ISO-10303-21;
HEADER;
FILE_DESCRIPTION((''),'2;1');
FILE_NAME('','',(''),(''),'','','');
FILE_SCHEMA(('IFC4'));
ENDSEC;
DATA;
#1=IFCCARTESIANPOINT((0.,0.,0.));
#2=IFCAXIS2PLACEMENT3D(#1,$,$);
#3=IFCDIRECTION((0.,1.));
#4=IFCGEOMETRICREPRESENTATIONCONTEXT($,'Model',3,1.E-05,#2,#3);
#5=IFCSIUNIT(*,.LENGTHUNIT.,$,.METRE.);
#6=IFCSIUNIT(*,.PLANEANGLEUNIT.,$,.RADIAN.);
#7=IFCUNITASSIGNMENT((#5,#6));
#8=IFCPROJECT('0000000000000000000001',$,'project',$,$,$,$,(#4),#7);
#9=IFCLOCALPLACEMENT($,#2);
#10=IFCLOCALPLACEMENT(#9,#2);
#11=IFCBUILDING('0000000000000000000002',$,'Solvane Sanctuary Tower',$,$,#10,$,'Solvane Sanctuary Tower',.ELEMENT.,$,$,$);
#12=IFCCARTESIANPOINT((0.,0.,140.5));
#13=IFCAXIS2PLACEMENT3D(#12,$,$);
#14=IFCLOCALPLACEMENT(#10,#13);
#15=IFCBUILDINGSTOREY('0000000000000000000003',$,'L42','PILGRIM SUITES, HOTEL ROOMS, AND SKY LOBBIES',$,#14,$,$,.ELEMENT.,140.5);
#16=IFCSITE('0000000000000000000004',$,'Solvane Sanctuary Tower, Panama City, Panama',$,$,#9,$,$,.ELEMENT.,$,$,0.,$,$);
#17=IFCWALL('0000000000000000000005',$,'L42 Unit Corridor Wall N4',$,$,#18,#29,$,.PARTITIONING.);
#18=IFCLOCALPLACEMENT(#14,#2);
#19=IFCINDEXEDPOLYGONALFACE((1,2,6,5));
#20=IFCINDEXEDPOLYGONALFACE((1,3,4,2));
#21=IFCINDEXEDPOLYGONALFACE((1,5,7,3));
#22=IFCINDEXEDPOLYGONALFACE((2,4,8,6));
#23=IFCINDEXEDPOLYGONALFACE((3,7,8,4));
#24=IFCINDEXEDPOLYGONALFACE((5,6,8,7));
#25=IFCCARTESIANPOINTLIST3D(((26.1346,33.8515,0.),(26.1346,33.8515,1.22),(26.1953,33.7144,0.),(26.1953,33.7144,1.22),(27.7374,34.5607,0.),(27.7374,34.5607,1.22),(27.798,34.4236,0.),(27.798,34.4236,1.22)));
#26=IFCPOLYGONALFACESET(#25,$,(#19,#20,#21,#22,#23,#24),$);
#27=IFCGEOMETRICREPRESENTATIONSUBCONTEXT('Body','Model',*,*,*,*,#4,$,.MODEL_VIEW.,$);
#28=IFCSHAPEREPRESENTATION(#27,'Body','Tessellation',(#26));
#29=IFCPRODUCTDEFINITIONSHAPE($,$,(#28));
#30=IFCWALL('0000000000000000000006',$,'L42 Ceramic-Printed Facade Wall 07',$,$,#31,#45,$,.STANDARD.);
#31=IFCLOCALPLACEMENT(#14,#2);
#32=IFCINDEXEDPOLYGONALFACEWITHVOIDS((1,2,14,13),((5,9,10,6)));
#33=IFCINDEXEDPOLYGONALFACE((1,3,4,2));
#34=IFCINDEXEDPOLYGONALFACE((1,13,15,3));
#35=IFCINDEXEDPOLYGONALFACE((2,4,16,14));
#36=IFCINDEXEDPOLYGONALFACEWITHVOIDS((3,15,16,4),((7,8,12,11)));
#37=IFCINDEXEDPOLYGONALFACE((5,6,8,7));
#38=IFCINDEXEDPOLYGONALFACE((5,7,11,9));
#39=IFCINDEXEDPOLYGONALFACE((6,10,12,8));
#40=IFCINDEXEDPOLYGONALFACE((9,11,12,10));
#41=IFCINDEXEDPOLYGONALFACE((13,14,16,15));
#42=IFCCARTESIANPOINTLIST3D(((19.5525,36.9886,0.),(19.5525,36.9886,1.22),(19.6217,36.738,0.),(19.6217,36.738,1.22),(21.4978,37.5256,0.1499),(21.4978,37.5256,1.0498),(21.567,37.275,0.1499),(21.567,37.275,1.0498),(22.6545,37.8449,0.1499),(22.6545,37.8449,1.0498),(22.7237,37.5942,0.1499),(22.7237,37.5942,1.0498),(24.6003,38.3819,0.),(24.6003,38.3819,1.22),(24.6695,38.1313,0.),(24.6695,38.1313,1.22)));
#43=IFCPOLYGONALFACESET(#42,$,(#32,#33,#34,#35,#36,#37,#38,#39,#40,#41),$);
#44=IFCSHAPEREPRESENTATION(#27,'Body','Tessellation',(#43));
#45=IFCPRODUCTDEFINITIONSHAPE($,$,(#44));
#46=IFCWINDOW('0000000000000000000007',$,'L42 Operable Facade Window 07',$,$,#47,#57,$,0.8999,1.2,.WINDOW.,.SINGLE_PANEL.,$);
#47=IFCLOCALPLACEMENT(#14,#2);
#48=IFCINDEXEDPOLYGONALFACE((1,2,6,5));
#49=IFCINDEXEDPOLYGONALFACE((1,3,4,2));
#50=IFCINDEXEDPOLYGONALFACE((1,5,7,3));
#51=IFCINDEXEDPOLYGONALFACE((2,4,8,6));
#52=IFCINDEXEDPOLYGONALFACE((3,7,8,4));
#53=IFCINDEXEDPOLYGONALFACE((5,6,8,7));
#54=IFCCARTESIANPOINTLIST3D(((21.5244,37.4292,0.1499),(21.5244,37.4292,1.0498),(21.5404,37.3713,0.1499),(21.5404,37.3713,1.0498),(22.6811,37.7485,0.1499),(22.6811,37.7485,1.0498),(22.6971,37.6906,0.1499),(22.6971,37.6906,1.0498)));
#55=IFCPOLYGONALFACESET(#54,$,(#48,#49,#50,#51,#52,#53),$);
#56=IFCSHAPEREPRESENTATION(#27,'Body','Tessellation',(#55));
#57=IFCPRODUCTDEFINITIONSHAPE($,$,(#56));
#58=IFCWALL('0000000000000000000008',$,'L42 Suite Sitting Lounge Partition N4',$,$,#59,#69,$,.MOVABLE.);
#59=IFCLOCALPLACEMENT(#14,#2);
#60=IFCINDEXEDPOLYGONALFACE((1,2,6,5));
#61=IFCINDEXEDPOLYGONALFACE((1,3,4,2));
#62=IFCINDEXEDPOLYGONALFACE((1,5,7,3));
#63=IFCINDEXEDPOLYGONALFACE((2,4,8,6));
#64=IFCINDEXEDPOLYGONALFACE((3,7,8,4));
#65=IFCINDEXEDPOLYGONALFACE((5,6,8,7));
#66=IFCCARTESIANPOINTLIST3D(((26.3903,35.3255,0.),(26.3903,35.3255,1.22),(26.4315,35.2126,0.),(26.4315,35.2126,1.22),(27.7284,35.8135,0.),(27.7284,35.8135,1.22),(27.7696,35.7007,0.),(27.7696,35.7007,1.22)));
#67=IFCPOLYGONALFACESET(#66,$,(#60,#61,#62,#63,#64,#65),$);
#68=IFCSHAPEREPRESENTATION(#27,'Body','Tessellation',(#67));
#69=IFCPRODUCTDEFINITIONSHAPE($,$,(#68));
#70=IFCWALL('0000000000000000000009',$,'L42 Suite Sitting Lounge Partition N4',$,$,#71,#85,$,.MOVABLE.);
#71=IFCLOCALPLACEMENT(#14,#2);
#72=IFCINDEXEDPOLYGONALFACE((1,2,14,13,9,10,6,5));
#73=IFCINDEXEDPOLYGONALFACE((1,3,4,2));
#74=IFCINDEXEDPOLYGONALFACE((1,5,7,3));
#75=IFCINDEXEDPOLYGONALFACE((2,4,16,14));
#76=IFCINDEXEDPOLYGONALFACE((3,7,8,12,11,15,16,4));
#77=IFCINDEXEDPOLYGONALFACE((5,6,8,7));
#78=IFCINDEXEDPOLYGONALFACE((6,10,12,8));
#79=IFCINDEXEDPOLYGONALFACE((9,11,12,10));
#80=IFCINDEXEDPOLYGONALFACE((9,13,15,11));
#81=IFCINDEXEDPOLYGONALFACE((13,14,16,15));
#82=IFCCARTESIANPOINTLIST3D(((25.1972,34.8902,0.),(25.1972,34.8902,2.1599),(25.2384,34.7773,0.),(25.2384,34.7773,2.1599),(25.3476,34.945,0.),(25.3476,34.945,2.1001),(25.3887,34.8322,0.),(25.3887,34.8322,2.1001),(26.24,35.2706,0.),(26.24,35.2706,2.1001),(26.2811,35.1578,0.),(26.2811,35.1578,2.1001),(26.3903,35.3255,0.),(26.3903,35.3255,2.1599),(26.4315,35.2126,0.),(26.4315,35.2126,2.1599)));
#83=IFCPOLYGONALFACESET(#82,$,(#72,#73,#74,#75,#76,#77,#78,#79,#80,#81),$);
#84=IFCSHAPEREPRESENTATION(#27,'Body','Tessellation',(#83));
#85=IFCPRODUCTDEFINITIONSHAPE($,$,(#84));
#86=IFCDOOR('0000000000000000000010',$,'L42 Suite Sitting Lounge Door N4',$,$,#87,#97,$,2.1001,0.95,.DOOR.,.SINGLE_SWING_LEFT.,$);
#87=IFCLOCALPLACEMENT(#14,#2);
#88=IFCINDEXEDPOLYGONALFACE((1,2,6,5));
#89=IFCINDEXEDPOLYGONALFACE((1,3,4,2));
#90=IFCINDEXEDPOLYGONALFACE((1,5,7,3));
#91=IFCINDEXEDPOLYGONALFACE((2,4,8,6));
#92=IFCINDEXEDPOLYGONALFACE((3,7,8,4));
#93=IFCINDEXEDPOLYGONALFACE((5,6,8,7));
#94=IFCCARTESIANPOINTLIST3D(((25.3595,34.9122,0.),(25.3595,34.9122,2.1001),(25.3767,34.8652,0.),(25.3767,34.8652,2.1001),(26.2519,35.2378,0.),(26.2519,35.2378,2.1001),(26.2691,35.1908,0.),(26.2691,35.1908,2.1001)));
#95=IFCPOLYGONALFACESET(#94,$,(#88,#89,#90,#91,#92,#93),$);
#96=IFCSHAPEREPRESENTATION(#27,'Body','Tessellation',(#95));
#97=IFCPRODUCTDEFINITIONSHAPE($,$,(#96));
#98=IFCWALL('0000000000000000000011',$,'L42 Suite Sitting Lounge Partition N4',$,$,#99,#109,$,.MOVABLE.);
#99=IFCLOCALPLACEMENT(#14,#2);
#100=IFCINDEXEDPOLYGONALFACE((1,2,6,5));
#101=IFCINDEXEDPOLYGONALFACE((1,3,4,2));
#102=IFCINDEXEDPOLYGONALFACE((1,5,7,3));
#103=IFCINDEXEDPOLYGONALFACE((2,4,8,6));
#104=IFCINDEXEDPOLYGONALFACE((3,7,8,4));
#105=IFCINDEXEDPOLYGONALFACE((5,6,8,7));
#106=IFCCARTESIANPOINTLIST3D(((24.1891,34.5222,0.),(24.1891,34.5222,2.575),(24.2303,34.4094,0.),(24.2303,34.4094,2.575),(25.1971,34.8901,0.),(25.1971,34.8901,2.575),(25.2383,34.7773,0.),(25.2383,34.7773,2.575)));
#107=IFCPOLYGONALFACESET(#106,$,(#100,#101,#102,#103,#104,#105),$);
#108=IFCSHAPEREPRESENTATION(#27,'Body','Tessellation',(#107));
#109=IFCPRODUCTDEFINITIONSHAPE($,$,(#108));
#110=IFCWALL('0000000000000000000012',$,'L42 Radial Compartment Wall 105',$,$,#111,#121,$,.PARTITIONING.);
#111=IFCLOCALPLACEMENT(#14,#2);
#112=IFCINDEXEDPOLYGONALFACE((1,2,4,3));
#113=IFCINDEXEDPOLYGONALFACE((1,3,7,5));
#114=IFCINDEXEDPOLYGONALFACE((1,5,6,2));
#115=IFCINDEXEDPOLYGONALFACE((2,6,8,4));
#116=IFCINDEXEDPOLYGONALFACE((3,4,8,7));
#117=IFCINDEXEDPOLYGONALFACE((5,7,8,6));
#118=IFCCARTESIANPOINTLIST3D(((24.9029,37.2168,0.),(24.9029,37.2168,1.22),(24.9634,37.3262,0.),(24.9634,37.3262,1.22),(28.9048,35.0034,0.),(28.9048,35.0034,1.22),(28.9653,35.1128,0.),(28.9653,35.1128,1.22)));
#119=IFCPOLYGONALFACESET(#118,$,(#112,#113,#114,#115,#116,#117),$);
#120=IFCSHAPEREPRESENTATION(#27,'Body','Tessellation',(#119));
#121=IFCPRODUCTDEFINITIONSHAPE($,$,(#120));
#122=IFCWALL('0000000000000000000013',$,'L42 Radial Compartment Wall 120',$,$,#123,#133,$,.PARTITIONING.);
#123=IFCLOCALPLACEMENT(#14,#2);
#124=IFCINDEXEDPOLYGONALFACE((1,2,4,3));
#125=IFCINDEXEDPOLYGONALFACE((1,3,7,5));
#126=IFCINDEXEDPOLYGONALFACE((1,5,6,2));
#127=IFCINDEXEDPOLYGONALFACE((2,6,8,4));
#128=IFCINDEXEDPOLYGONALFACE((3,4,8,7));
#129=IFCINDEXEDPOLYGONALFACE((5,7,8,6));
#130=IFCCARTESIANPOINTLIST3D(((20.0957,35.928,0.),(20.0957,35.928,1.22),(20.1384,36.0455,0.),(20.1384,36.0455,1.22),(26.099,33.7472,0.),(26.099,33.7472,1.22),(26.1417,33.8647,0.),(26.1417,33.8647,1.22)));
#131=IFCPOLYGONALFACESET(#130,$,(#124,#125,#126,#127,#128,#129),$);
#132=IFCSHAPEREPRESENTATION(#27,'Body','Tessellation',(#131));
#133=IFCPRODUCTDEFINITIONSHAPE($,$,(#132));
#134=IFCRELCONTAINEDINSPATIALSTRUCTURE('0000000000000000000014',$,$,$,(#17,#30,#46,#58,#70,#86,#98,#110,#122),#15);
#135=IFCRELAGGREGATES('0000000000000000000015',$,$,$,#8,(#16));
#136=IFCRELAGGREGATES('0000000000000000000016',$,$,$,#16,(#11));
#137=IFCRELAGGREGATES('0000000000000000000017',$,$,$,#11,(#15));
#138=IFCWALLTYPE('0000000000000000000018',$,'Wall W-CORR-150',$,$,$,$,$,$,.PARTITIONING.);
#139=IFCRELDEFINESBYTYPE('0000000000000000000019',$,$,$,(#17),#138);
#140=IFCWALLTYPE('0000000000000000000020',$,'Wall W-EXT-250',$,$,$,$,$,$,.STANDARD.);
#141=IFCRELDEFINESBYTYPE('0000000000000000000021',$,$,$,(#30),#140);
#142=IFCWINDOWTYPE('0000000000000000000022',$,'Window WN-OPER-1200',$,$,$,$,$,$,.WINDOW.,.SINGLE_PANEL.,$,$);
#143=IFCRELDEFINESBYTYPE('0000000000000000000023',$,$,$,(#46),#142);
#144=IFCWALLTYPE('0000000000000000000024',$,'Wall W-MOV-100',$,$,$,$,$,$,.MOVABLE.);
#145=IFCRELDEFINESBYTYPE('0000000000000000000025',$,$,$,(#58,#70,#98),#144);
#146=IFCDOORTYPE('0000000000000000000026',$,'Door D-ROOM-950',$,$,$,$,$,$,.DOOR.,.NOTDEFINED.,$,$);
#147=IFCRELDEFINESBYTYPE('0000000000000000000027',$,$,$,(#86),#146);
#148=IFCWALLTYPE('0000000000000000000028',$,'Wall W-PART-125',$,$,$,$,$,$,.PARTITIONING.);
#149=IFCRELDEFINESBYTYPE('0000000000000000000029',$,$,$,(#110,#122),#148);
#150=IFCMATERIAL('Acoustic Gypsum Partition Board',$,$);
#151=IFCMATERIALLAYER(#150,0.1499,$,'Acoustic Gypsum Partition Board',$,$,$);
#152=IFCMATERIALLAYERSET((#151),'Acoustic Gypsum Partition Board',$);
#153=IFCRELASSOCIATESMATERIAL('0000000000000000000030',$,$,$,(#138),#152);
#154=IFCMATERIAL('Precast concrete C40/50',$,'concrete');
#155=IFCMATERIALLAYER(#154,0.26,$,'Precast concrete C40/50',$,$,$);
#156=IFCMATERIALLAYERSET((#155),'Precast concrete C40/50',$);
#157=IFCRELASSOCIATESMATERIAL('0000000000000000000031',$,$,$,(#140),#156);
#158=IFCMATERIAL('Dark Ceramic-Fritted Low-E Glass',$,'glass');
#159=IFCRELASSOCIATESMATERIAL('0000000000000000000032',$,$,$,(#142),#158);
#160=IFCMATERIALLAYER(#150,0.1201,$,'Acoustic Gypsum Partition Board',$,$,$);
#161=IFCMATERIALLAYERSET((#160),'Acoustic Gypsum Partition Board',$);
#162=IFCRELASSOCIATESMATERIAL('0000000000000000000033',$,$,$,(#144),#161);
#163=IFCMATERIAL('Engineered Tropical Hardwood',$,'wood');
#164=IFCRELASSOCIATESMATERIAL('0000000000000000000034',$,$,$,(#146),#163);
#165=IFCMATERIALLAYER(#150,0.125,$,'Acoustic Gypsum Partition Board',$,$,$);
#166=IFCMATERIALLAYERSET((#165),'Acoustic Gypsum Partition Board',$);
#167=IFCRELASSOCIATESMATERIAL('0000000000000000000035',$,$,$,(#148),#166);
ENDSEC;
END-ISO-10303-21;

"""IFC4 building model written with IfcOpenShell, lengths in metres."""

from ifc_helpers import new_model, si_unit, direction, frame, frame_2d, origin, place, context, subcontext, project, spatial, rectangle, extrude, material, layer, layer_set, type_object, element, fill, save


model = new_model("IFC4")

# Units and contexts
model_context = context("Model", 3, precision=1e-05, world=origin(), true_north=direction((0.0, 1.0)))
body_context = subcontext(model_context, "Body", "Model", "MODEL_VIEW")
ifc_project = project(units=[si_unit("LENGTHUNIT", "METRE"), si_unit("PLANEANGLEUNIT", "RADIAN")], contexts=[model_context])

# Site, building, storey
site_placement = place(None, origin())
site = spatial("IfcSite", under=ifc_project, at=site_placement, Name="Solvane Sanctuary Tower, Panama City, Panama", CompositionType="ELEMENT", RefElevation=0.0)
building_placement = place(site_placement, origin())
building = spatial("IfcBuilding", under=site, at=building_placement, Name="Solvane Sanctuary Tower", LongName="Solvane Sanctuary Tower", CompositionType="ELEMENT")
storey_placement = place(building_placement, frame((0.0, 0.0, 140.5)))
storey = spatial("IfcBuildingStorey", under=building, at=storey_placement, Name="L42", Description="PILGRIM SUITES, HOTEL ROOMS, AND SKY LOBBIES", CompositionType="ELEMENT", Elevation=140.5)

# Shared definitions
ifc_material_1 = material(Name="Acoustic Gypsum Partition Board")
ifc_layer_1 = layer(ifc_material_1, 0.1499, Name="Acoustic Gypsum Partition Board")
ifc_layer_set_1 = layer_set([ifc_layer_1], Name="Acoustic Gypsum Partition Board")
wall_type_1 = type_object("IfcWallType", Name="Wall W-CORR-150", PredefinedType="PARTITIONING", material=ifc_layer_set_1)

# Shared definitions
ifc_material_2 = material(Name="Engineered Tropical Hardwood", Category="wood")

# Wall
wall_1_placement = place(storey_placement, frame((27.7678, 34.4922, 0.0), z_axis=(0.0, 0.0, 1.0), x_axis=(-0.914471, -0.404652, 0.0)))
element("IfcWall", 1, at=wall_1_placement, inside=storey, type_object=wall_type_1, Name="L42 Unit Corridor Wall N4", PredefinedType="PARTITIONING", context=body_context, shape_type="SweptSolid", body=[
    extrude(rectangle(XDim=1.7527, YDim=0.1499, at=frame_2d((0.8765, 0.0))), origin(), (0.0, 0.0, 1.0), 1.22),
])

# Wall, opening, window
ifc_material_3 = material(Name="Precast concrete C40/50", Category="concrete")
ifc_layer_2 = layer(ifc_material_3, 0.26, Name="Precast concrete C40/50")
ifc_layer_set_2 = layer_set([ifc_layer_2], Name="Precast concrete C40/50")
wall_type_2 = type_object("IfcWallType", Name="Wall W-EXT-250", PredefinedType="STANDARD", material=ifc_layer_set_2)
wall_2_placement = place(storey_placement, frame((24.6348, 38.2566, 0.0), z_axis=(0.0, 0.0, 1.0), x_axis=(-0.963953, -0.266071, 0.0)))
wall_2 = element("IfcWall", 2, at=wall_2_placement, inside=storey, type_object=wall_type_2, Name="L42 Ceramic-Printed Facade Wall 07", PredefinedType="STANDARD", context=body_context, shape_type="SweptSolid", body=[
    extrude(rectangle(XDim=5.2366, YDim=0.26, at=frame_2d((2.6182, 0.0))), origin(), (0.0, 0.0, 1.0), 1.22),
])
opening_1_placement = place(wall_2_placement, frame((2.0183, 0.0, 0.1499)))
opening_1 = element("IfcOpeningElement", 3, at=opening_1_placement, cuts=wall_2, PredefinedType="OPENING", context=body_context, shape_type="SweptSolid", body=[
    extrude(rectangle(XDim=1.2, YDim=0.8999, at=frame_2d((0.6001, 0.45))), frame((0.0, 0.1399, 0.0), z_axis=(0.0, -1.0, 0.0), x_axis=(1.0, 0.0, 0.0)), (0.0, 0.0, 1.0), 0.28),
])
ifc_material_4 = material(Name="Dark Ceramic-Fritted Low-E Glass", Category="glass")
window_type = type_object("IfcWindowType", Name="Window WN-OPER-1200", PartitioningType="SINGLE_PANEL", PredefinedType="WINDOW", material=ifc_material_4)
window_placement = place(opening_1_placement, origin())
window = element("IfcWindow", 4, at=window_placement, inside=storey, type_object=window_type, Name="L42 Operable Facade Window 07", OverallHeight=0.8999, OverallWidth=1.2, PartitioningType="SINGLE_PANEL", PredefinedType="WINDOW", context=body_context, shape_type="SweptSolid", body=[
    extrude(rectangle(XDim=1.2, YDim=0.8999, at=frame_2d((0.6001, 0.45))), frame((0.0, 0.03, 0.0), z_axis=(0.0, -1.0, 0.0), x_axis=(1.0, 0.0, 0.0)), (0.0, 0.0, 1.0), 0.0601),
])
fill(opening_1, window)

# Wall
ifc_layer_3 = layer(ifc_material_1, 0.1201, Name="Acoustic Gypsum Partition Board")
ifc_layer_set_3 = layer_set([ifc_layer_3], Name="Acoustic Gypsum Partition Board")
wall_type_3 = type_object("IfcWallType", Name="Wall W-MOV-100", PredefinedType="MOVABLE", material=ifc_layer_set_3)
wall_3_placement = place(storey_placement, frame((27.749, 35.7571, 0.0), z_axis=(0.0, 0.0, 1.0), x_axis=(-0.939468, -0.342637, 0.0)))
element("IfcWall", 5, at=wall_3_placement, inside=storey, type_object=wall_type_3, Name="L42 Suite Sitting Lounge Partition N4", PredefinedType="MOVABLE", context=body_context, shape_type="SweptSolid", body=[
    extrude(rectangle(XDim=1.4243, YDim=0.1201, at=frame_2d((0.7122, 0.0))), origin(), (0.0, 0.0, 1.0), 1.22),
])

# Wall, opening, door
wall_4_placement = place(storey_placement, frame((26.4109, 35.269, 0.0), z_axis=(0.0, 0.0, 1.0), x_axis=(-0.939428, -0.342746, 0.0)))
wall_4 = element("IfcWall", 6, at=wall_4_placement, inside=storey, type_object=wall_type_3, Name="L42 Suite Sitting Lounge Partition N4", PredefinedType="MOVABLE", context=body_context, shape_type="SweptSolid", body=[
    extrude(rectangle(XDim=1.27, YDim=0.1201, at=frame_2d((0.635, 0.0))), origin(), (0.0, 0.0, 1.0), 2.1599),
])
opening_2_placement = place(wall_4_placement, frame((0.1599, 0.0, 0.0)))
opening_2 = element("IfcOpeningElement", 7, at=opening_2_placement, cuts=wall_4, PredefinedType="OPENING", context=body_context, shape_type="SweptSolid", body=[
    extrude(rectangle(XDim=0.95, YDim=2.1001, at=frame_2d((0.4751, 1.05))), frame((0.0, 0.0701, 0.0), z_axis=(0.0, -1.0, 0.0), x_axis=(1.0, 0.0, 0.0)), (0.0, 0.0, 1.0), 0.1401),
])
door_type_1 = type_object("IfcDoorType", Name="Door D-ROOM-950", OperationType="NOTDEFINED", PredefinedType="DOOR", material=ifc_material_2)
door_1_placement = place(opening_2_placement, origin())
door_1 = element("IfcDoor", 8, at=door_1_placement, inside=storey, type_object=door_type_1, Name="L42 Suite Sitting Lounge Door N4", OperationType="SINGLE_SWING_LEFT", OverallHeight=2.1001, OverallWidth=0.95, PredefinedType="DOOR", context=body_context, shape_type="SweptSolid", body=[
    extrude(rectangle(XDim=0.95, YDim=2.1001, at=frame_2d((0.4751, 1.05))), frame((0.0, 0.0249, 0.0), z_axis=(0.0, -1.0, 0.0), x_axis=(1.0, 0.0, 0.0)), (0.0, 0.0, 1.0), 0.05),
])
fill(opening_2, door_1)

# Walls
wall_5_placement = place(storey_placement, frame((25.2178, 34.8337, 0.0), z_axis=(0.0, 0.0, 1.0), x_axis=(-0.939388, -0.342857, 0.0)))
element("IfcWall", 9, at=wall_5_placement, inside=storey, type_object=wall_type_3, Name="L42 Suite Sitting Lounge Partition N4", PredefinedType="MOVABLE", context=body_context, shape_type="SweptSolid", body=[
    extrude(rectangle(XDim=1.073, YDim=0.1201, at=frame_2d((0.5366, 0.0))), origin(), (0.0, 0.0, 1.0), 2.575),
])
ifc_layer_4 = layer(ifc_material_1, 0.125, Name="Acoustic Gypsum Partition Board")
ifc_layer_set_4 = layer_set([ifc_layer_4], Name="Acoustic Gypsum Partition Board")
wall_type_4 = type_object("IfcWallType", Name="Wall W-PART-125", PredefinedType="PARTITIONING", material=ifc_layer_set_4)
wall_6_placement = place(storey_placement, frame((28.9351, 35.0581, 0.0), z_axis=(0.0, 0.0, 1.0), x_axis=(-0.875077, 0.483983, 0.0)))
element("IfcWall", 10, at=wall_6_placement, inside=storey, type_object=wall_type_4, Name="L42 Radial Compartment Wall 105", PredefinedType="PARTITIONING", context=body_context, shape_type="SweptSolid", body=[
    extrude(rectangle(XDim=4.5732, YDim=0.125, at=frame_2d((2.2866, 0.0))), origin(), (0.0, 0.0, 1.0), 1.22),
])
wall_7_placement = place(storey_placement, frame((26.1204, 33.8059, 0.0), z_axis=(0.0, 0.0, 1.0), x_axis=(-0.939902, 0.341445, 0.0)))
element("IfcWall", 11, at=wall_7_placement, inside=storey, type_object=wall_type_4, Name="L42 Radial Compartment Wall 120", PredefinedType="PARTITIONING", context=body_context, shape_type="SweptSolid", body=[
    extrude(rectangle(XDim=6.3872, YDim=0.125, at=frame_2d((3.1936, 0.0))), origin(), (0.0, 0.0, 1.0), 1.22),
])

save(model, "model.ifc")
